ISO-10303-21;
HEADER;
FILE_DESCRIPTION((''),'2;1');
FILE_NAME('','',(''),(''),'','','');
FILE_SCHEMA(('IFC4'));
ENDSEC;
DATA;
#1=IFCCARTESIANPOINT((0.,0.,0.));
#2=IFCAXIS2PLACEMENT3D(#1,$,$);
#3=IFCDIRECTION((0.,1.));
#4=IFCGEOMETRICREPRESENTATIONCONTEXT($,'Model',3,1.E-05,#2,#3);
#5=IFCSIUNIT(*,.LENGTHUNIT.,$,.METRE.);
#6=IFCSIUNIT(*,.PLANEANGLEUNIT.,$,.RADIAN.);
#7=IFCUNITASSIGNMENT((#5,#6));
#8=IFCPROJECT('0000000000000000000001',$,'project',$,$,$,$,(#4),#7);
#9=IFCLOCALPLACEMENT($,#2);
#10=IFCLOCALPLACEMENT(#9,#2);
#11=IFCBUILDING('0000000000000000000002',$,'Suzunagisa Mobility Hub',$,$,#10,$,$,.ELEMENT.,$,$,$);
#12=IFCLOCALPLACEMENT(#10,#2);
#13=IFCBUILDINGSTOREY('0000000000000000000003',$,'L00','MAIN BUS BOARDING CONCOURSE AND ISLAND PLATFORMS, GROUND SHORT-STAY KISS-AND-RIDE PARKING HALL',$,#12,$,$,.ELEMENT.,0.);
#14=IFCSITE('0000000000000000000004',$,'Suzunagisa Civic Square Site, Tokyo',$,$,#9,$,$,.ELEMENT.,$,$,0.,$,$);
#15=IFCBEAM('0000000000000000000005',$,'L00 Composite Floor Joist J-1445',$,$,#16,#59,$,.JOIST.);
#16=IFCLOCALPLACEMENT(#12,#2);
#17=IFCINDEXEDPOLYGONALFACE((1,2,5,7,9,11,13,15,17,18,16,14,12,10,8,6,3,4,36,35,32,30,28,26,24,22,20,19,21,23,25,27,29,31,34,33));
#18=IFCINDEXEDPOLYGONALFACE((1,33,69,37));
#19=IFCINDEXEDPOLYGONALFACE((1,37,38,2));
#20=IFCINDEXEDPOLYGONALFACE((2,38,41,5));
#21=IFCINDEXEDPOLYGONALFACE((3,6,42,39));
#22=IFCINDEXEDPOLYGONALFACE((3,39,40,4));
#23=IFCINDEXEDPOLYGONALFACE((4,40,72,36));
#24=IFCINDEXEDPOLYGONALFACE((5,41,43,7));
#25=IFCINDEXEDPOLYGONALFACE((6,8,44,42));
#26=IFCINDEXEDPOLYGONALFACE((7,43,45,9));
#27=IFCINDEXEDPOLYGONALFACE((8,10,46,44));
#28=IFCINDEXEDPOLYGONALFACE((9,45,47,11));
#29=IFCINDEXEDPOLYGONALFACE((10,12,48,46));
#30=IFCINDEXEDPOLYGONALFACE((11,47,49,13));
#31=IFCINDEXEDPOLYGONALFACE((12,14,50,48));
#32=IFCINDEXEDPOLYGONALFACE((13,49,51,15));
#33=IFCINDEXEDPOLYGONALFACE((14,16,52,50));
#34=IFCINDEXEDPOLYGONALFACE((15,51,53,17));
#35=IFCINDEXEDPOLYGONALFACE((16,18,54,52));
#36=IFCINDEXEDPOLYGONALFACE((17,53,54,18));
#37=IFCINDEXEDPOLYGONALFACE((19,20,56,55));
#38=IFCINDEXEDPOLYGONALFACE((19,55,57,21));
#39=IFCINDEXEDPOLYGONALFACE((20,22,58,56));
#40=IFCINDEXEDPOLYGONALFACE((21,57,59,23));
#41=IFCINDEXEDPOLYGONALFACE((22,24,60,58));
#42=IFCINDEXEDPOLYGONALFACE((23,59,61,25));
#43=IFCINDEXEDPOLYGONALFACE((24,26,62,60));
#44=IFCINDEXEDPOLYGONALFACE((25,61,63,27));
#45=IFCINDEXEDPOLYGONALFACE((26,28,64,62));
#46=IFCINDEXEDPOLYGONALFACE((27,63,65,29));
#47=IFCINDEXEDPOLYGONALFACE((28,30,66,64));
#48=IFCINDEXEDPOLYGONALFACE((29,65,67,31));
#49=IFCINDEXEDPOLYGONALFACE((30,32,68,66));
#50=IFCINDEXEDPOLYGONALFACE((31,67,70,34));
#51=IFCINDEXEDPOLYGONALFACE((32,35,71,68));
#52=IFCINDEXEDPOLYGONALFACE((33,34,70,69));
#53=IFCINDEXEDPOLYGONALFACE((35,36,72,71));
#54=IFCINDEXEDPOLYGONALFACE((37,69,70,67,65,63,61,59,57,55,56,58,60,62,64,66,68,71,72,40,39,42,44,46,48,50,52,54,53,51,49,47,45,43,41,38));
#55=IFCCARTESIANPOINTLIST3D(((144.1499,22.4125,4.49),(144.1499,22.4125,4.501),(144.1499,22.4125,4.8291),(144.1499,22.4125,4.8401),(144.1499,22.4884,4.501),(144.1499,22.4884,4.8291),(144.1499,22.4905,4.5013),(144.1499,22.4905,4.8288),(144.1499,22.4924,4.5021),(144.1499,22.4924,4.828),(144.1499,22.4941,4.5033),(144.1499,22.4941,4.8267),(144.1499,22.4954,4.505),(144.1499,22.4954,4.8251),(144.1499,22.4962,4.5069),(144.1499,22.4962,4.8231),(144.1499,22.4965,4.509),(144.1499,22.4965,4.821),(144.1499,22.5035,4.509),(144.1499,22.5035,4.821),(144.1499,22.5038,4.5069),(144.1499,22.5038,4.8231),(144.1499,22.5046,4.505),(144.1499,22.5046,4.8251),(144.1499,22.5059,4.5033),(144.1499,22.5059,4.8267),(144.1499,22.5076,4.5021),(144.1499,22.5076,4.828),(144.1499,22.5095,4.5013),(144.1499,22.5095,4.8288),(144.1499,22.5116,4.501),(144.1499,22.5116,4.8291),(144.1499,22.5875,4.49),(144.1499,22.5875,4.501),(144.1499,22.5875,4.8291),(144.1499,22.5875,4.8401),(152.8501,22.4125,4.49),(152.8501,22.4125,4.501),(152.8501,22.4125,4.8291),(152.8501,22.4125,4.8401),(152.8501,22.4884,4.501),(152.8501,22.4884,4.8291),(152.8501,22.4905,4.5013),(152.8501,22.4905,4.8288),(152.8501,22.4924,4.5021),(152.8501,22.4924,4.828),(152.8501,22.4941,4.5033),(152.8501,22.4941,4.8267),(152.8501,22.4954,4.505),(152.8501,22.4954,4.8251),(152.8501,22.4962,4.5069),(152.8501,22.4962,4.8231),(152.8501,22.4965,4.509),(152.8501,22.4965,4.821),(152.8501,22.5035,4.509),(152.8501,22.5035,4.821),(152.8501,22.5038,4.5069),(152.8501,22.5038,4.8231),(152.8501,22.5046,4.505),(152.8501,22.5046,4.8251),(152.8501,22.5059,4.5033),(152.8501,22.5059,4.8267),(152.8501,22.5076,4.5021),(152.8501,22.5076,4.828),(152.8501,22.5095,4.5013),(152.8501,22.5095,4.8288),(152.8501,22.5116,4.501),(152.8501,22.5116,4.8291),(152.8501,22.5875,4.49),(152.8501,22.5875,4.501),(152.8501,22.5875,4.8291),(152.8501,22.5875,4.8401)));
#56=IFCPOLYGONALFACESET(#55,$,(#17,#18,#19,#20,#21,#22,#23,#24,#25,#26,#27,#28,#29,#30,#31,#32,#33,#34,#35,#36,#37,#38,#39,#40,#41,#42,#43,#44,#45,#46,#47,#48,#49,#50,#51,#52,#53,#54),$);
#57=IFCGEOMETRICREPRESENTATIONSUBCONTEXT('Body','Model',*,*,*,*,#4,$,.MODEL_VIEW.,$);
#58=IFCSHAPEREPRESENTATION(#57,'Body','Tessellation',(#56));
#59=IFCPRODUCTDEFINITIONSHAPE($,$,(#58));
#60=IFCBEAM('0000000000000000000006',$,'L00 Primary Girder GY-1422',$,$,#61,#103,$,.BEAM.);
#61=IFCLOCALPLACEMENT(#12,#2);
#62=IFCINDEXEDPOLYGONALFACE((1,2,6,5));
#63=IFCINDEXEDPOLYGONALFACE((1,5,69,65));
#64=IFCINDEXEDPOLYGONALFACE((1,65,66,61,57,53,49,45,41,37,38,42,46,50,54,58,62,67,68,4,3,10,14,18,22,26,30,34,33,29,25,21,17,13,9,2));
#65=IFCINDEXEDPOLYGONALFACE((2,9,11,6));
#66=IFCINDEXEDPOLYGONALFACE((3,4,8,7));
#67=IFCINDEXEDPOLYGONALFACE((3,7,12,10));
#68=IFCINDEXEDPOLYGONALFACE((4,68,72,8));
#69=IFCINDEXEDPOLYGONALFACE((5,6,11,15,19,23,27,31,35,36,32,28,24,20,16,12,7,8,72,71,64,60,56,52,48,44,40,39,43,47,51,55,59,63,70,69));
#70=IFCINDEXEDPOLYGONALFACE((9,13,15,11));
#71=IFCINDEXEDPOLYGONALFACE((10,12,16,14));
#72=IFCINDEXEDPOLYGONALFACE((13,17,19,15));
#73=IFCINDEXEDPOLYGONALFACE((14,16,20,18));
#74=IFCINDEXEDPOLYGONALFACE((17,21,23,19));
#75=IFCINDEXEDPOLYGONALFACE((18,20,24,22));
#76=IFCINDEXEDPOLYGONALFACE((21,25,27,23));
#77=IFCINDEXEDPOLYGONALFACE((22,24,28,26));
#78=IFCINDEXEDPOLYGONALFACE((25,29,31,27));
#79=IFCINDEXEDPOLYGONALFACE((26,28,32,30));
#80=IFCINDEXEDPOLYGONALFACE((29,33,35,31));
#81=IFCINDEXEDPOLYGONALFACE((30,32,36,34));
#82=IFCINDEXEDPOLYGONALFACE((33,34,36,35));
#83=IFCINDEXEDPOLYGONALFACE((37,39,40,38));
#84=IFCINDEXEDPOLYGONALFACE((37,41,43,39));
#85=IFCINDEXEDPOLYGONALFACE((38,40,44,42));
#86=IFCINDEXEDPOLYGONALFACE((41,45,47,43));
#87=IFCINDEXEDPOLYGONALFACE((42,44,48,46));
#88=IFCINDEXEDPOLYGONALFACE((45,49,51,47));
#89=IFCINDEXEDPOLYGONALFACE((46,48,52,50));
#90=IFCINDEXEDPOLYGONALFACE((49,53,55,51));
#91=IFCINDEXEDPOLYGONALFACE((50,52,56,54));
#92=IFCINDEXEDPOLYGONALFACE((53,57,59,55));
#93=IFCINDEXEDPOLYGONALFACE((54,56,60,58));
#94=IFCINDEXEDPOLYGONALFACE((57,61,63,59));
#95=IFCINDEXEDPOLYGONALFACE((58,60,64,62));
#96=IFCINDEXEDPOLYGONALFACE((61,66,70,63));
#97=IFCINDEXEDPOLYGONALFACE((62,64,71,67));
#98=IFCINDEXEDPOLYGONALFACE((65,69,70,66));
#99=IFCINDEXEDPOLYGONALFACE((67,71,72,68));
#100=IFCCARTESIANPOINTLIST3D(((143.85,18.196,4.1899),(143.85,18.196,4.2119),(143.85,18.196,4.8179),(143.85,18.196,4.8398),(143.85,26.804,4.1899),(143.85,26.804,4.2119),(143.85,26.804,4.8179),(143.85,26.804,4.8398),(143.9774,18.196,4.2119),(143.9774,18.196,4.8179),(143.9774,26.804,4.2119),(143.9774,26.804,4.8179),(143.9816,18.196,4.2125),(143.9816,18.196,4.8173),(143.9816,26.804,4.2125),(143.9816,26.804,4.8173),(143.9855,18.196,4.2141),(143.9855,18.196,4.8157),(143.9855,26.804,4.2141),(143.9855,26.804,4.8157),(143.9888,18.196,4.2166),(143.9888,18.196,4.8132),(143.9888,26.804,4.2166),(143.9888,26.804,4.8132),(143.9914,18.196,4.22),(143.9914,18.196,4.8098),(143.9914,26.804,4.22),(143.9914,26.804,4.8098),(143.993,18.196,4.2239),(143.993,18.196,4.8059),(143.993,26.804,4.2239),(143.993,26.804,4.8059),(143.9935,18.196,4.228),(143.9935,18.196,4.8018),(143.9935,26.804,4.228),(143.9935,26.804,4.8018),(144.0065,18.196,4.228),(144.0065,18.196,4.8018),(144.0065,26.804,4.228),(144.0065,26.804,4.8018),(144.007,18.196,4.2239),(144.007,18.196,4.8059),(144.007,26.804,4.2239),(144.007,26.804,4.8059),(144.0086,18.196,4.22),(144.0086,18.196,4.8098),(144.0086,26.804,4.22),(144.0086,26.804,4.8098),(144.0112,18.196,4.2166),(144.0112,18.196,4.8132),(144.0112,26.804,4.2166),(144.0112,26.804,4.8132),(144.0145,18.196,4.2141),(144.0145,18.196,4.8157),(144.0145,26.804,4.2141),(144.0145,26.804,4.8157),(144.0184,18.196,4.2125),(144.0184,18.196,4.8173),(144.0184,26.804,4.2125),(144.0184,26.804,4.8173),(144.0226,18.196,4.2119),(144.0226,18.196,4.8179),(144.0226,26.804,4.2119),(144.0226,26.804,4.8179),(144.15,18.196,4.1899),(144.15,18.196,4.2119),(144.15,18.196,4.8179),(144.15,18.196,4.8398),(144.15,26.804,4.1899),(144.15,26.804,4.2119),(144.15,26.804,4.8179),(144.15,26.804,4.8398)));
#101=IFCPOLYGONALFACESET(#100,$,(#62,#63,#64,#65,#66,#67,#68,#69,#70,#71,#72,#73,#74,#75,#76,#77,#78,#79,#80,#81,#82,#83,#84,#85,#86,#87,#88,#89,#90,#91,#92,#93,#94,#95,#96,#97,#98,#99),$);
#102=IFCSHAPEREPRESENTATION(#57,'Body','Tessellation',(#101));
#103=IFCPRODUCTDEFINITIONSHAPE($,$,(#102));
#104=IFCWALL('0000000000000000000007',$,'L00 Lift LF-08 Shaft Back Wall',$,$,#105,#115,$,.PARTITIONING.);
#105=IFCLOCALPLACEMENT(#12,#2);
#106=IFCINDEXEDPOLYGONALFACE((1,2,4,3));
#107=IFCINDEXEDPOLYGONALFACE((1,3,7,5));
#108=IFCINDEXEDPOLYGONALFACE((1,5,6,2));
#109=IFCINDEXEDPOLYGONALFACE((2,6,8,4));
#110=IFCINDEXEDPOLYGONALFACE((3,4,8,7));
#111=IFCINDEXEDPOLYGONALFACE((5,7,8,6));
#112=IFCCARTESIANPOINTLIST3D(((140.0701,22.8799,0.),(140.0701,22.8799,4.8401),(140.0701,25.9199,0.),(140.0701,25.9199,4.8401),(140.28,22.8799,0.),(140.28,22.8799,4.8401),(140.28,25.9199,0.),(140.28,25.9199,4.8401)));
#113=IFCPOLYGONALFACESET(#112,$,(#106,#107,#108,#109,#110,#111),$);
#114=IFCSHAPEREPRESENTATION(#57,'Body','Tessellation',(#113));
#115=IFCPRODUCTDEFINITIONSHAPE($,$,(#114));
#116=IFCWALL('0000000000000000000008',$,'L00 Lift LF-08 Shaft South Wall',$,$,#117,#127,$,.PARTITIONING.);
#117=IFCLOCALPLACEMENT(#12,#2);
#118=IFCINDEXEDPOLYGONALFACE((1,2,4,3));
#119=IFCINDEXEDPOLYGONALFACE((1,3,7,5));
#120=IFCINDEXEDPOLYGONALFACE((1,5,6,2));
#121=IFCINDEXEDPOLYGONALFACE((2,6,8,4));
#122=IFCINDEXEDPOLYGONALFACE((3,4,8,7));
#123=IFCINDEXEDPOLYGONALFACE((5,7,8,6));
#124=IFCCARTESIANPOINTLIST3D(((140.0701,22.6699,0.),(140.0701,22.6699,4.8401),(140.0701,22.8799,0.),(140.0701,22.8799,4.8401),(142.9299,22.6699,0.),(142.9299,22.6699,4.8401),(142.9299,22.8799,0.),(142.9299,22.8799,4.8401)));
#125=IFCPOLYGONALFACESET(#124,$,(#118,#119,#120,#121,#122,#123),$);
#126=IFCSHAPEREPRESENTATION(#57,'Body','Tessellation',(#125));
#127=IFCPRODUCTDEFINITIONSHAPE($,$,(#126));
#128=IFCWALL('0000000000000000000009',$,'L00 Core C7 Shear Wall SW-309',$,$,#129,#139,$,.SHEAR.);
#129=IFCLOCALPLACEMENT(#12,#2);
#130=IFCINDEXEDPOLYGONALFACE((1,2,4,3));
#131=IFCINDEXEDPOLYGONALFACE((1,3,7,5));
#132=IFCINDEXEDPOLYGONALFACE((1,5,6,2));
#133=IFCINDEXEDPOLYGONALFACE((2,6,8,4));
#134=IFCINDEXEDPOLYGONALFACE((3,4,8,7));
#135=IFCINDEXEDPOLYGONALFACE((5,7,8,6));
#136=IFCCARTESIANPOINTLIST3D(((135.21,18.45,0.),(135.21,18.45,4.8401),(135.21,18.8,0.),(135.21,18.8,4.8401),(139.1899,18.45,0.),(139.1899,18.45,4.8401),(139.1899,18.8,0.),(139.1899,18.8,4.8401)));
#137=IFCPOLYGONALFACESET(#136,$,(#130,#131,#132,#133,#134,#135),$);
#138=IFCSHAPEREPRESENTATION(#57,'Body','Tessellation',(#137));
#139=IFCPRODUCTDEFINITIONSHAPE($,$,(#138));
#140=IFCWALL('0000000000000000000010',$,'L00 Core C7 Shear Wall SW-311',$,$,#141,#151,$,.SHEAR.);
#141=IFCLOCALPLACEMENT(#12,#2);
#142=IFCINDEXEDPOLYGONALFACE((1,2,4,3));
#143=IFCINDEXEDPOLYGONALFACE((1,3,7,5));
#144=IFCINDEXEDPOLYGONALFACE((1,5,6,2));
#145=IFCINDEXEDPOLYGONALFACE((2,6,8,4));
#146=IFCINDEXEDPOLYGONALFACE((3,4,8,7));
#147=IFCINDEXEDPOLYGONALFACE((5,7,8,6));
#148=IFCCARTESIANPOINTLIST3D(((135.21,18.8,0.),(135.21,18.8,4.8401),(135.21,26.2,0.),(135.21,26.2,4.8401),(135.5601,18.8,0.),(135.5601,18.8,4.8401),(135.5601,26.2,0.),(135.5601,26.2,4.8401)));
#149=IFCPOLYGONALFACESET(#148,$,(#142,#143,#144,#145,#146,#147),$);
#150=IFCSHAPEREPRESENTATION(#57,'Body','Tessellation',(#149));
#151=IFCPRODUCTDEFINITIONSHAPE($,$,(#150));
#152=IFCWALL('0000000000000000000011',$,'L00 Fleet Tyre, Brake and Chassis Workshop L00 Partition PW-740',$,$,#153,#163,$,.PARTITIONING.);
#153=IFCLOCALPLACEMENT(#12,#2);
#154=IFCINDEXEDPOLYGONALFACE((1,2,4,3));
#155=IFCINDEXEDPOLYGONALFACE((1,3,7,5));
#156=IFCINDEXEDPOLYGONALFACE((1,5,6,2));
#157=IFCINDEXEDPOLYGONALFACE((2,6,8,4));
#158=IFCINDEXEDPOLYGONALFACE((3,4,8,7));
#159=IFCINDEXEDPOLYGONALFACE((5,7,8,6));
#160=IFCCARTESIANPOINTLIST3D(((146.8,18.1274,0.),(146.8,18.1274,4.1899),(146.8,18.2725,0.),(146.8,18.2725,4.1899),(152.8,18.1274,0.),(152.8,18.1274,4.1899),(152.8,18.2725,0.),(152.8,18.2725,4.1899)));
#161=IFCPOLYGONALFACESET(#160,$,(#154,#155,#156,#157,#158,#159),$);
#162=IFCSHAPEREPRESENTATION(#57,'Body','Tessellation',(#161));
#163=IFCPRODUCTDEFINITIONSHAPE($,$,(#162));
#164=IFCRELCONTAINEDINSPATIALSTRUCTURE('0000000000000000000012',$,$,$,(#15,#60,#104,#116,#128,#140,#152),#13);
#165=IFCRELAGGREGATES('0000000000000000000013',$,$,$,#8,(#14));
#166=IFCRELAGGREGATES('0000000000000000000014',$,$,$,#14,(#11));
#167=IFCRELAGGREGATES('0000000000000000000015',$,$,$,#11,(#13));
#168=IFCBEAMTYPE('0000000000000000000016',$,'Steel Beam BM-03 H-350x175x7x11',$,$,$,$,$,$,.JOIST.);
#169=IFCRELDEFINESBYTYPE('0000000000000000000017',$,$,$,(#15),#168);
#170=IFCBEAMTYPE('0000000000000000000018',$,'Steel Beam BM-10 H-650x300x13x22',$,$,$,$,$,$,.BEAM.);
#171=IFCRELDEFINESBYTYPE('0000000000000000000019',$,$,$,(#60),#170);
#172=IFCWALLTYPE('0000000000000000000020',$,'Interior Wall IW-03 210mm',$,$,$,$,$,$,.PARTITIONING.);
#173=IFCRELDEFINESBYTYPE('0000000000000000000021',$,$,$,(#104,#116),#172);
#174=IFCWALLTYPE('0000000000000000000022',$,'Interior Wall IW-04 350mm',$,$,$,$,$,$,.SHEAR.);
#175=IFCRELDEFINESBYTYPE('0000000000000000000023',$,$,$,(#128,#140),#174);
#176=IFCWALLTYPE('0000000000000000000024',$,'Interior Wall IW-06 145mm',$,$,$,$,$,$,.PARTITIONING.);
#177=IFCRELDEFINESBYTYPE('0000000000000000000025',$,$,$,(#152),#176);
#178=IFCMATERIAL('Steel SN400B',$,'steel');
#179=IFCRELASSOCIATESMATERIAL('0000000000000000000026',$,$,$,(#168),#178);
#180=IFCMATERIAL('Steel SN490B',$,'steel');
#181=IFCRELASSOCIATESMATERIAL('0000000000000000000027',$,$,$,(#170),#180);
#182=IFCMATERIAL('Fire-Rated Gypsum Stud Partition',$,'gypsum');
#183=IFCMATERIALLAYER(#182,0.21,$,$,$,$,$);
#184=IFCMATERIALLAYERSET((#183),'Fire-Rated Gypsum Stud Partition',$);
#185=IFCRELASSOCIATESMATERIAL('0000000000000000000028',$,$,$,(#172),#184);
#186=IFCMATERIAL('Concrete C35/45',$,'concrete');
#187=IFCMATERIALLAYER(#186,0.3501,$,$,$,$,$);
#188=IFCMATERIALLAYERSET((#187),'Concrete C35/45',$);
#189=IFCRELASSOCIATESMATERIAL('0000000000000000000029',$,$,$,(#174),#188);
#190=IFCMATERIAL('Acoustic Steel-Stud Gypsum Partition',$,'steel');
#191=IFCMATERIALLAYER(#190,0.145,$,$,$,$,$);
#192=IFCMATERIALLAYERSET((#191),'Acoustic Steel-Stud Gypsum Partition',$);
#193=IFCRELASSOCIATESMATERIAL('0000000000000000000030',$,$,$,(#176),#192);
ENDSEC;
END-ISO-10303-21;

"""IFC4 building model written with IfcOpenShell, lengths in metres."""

from ifc_helpers import new_model, si_unit, direction, frame, frame_2d, origin, origin_2d, place, context, subcontext, project, spatial, rectangle, i_section, extrude, material, layer, layer_set, material_profile, profile_set, type_object, element, save


model = new_model("IFC4")

# Units and contexts
model_context = context("Model", 3, precision=1e-05, world=origin(), true_north=direction((0.0, 1.0)))
body_context = subcontext(model_context, "Body", "Model", "MODEL_VIEW")
ifc_project = project(units=[si_unit("LENGTHUNIT", "METRE"), si_unit("PLANEANGLEUNIT", "RADIAN")], contexts=[model_context])

# Site, building, storey
site_placement = place(None, origin())
site = spatial("IfcSite", under=ifc_project, at=site_placement, Name="Suzunagisa Civic Square Site, Tokyo", CompositionType="ELEMENT", RefElevation=0.0)
building_placement = place(site_placement, origin())
building = spatial("IfcBuilding", under=site, at=building_placement, Name="Suzunagisa Mobility Hub", CompositionType="ELEMENT")
storey_placement = place(building_placement, origin())
storey = spatial("IfcBuildingStorey", under=building, at=storey_placement, Name="L00", Description="MAIN BUS BOARDING CONCOURSE AND ISLAND PLATFORMS, GROUND SHORT-STAY KISS-AND-RIDE PARKING HALL", CompositionType="ELEMENT", Elevation=0.0)

# Beams
ifc_material_1 = material(Name="Steel SN400B", Category="steel")
ifc_material_profile_1 = material_profile(ifc_material_1, i_section(OverallWidth=0.175, OverallDepth=0.3501, WebThickness=0.0071, FlangeThickness=0.011, FilletRadius=0.0081, at=origin_2d()), Name="H-350x175x7x11")
ifc_profile_set_1 = profile_set([ifc_material_profile_1], Name="Steel SN400B")
beam_type_1 = type_object("IfcBeamType", Name="Steel Beam BM-03 H-350x175x7x11", PredefinedType="JOIST", material=ifc_profile_set_1)
beam_1_placement = place(storey_placement, frame((144.1499, 22.5, 4.665), z_axis=(1.0, 0.0, 0.0), x_axis=(0.0, 1.0, 0.0)))
element("IfcBeam", 1, at=beam_1_placement, inside=storey, type_object=beam_type_1, Name="L00 Composite Floor Joist J-1445", PredefinedType="JOIST", context=body_context, shape_type="SweptSolid", body=[
    extrude(i_section(OverallWidth=0.175, OverallDepth=0.3501, WebThickness=0.0071, FlangeThickness=0.011, FilletRadius=0.0081, at=origin_2d()), origin(), (0.0, 0.0, 1.0), 8.7002),
])
ifc_material_2 = material(Name="Steel SN490B", Category="steel")
ifc_material_profile_2 = material_profile(ifc_material_2, i_section(OverallWidth=0.3, OverallDepth=0.6499, WebThickness=0.0129, FlangeThickness=0.022, FilletRadius=0.0161, at=origin_2d()), Name="H-650x300x13x22")
ifc_profile_set_2 = profile_set([ifc_material_profile_2], Name="Steel SN490B")
beam_type_2 = type_object("IfcBeamType", Name="Steel Beam BM-10 H-650x300x13x22", PredefinedType="BEAM", material=ifc_profile_set_2)
beam_2_placement = place(storey_placement, frame((144.0, 18.196, 4.5149), z_axis=(0.0, 1.0, 0.0), x_axis=(-1.0, 0.0, 0.0)))
element("IfcBeam", 2, at=beam_2_placement, inside=storey, type_object=beam_type_2, Name="L00 Primary Girder GY-1422", PredefinedType="BEAM", context=body_context, shape_type="SweptSolid", body=[
    extrude(i_section(OverallWidth=0.3, OverallDepth=0.6499, WebThickness=0.0129, FlangeThickness=0.022, FilletRadius=0.0161, at=origin_2d()), origin(), (0.0, 0.0, 1.0), 8.6079),
])

# Shared definitions
ifc_material_3 = material(Name="Fire-Rated Gypsum Stud Partition", Category="gypsum")
ifc_layer_1 = layer(ifc_material_3, 0.21)
ifc_layer_set_1 = layer_set([ifc_layer_1], Name="Fire-Rated Gypsum Stud Partition")
wall_type_1 = type_object("IfcWallType", Name="Interior Wall IW-03 210mm", PredefinedType="PARTITIONING", material=ifc_layer_set_1)

# Walls
wall_1_placement = place(storey_placement, frame((140.175, 22.8799, 0.0), z_axis=(0.0, 0.0, 1.0), x_axis=(0.0, 1.0, 0.0)))
element("IfcWall", 3, at=wall_1_placement, inside=storey, type_object=wall_type_1, Name="L00 Lift LF-08 Shaft Back Wall", PredefinedType="PARTITIONING", context=body_context, shape_type="SweptSolid", body=[
    extrude(rectangle(XDim=3.04, YDim=0.21, at=frame_2d((1.52, 0.0))), origin(), (0.0, 0.0, 1.0), 4.8401),
])
wall_2_placement = place(storey_placement, frame((140.0701, 22.7749, 0.0), z_axis=(0.0, 0.0, 1.0), x_axis=(1.0, 0.0, 0.0)))
element("IfcWall", 4, at=wall_2_placement, inside=storey, type_object=wall_type_1, Name="L00 Lift LF-08 Shaft South Wall", PredefinedType="PARTITIONING", context=body_context, shape_type="SweptSolid", body=[
    extrude(rectangle(XDim=2.8599, YDim=0.21, at=frame_2d((1.4299, 0.0))), origin(), (0.0, 0.0, 1.0), 4.8401),
])
ifc_material_4 = material(Name="Concrete C35/45", Category="concrete")
ifc_layer_2 = layer(ifc_material_4, 0.3501)
ifc_layer_set_2 = layer_set([ifc_layer_2], Name="Concrete C35/45")
wall_type_2 = type_object("IfcWallType", Name="Interior Wall IW-04 350mm", PredefinedType="SHEAR", material=ifc_layer_set_2)
wall_3_placement = place(storey_placement, frame((135.21, 18.625, 0.0), z_axis=(0.0, 0.0, 1.0), x_axis=(1.0, 0.0, 0.0)))
element("IfcWall", 5, at=wall_3_placement, inside=storey, type_object=wall_type_2, Name="L00 Core C7 Shear Wall SW-309", PredefinedType="SHEAR", context=body_context, shape_type="SweptSolid", body=[
    extrude(rectangle(XDim=3.98, YDim=0.3501, at=frame_2d((1.99, 0.0))), origin(), (0.0, 0.0, 1.0), 4.8401),
])
wall_4_placement = place(storey_placement, frame((135.385, 18.8, 0.0), z_axis=(0.0, 0.0, 1.0), x_axis=(0.0, 1.0, 0.0)))
element("IfcWall", 6, at=wall_4_placement, inside=storey, type_object=wall_type_2, Name="L00 Core C7 Shear Wall SW-311", PredefinedType="SHEAR", context=body_context, shape_type="SweptSolid", body=[
    extrude(rectangle(XDim=7.3999, YDim=0.3501, at=frame_2d((3.7, 0.0))), origin(), (0.0, 0.0, 1.0), 4.8401),
])

# Wall
ifc_material_5 = material(Name="Acoustic Steel-Stud Gypsum Partition", Category="steel")
ifc_layer_3 = layer(ifc_material_5, 0.145)
ifc_layer_set_3 = layer_set([ifc_layer_3], Name="Acoustic Steel-Stud Gypsum Partition")
wall_type_3 = type_object("IfcWallType", Name="Interior Wall IW-06 145mm", PredefinedType="PARTITIONING", material=ifc_layer_set_3)
wall_5_placement = place(storey_placement, frame((146.8, 18.2, 0.0), z_axis=(0.0, 0.0, 1.0), x_axis=(1.0, 0.0, 0.0)))
element("IfcWall", 7, at=wall_5_placement, inside=storey, type_object=wall_type_3, Name="L00 Fleet Tyre, Brake and Chassis Workshop L00 Partition PW-740", PredefinedType="PARTITIONING", context=body_context, shape_type="SweptSolid", body=[
    extrude(rectangle(XDim=6.0, YDim=0.145, at=frame_2d((3.0, 0.0))), origin(), (0.0, 0.0, 1.0), 4.1899),
])

save(model, "model.ifc")
